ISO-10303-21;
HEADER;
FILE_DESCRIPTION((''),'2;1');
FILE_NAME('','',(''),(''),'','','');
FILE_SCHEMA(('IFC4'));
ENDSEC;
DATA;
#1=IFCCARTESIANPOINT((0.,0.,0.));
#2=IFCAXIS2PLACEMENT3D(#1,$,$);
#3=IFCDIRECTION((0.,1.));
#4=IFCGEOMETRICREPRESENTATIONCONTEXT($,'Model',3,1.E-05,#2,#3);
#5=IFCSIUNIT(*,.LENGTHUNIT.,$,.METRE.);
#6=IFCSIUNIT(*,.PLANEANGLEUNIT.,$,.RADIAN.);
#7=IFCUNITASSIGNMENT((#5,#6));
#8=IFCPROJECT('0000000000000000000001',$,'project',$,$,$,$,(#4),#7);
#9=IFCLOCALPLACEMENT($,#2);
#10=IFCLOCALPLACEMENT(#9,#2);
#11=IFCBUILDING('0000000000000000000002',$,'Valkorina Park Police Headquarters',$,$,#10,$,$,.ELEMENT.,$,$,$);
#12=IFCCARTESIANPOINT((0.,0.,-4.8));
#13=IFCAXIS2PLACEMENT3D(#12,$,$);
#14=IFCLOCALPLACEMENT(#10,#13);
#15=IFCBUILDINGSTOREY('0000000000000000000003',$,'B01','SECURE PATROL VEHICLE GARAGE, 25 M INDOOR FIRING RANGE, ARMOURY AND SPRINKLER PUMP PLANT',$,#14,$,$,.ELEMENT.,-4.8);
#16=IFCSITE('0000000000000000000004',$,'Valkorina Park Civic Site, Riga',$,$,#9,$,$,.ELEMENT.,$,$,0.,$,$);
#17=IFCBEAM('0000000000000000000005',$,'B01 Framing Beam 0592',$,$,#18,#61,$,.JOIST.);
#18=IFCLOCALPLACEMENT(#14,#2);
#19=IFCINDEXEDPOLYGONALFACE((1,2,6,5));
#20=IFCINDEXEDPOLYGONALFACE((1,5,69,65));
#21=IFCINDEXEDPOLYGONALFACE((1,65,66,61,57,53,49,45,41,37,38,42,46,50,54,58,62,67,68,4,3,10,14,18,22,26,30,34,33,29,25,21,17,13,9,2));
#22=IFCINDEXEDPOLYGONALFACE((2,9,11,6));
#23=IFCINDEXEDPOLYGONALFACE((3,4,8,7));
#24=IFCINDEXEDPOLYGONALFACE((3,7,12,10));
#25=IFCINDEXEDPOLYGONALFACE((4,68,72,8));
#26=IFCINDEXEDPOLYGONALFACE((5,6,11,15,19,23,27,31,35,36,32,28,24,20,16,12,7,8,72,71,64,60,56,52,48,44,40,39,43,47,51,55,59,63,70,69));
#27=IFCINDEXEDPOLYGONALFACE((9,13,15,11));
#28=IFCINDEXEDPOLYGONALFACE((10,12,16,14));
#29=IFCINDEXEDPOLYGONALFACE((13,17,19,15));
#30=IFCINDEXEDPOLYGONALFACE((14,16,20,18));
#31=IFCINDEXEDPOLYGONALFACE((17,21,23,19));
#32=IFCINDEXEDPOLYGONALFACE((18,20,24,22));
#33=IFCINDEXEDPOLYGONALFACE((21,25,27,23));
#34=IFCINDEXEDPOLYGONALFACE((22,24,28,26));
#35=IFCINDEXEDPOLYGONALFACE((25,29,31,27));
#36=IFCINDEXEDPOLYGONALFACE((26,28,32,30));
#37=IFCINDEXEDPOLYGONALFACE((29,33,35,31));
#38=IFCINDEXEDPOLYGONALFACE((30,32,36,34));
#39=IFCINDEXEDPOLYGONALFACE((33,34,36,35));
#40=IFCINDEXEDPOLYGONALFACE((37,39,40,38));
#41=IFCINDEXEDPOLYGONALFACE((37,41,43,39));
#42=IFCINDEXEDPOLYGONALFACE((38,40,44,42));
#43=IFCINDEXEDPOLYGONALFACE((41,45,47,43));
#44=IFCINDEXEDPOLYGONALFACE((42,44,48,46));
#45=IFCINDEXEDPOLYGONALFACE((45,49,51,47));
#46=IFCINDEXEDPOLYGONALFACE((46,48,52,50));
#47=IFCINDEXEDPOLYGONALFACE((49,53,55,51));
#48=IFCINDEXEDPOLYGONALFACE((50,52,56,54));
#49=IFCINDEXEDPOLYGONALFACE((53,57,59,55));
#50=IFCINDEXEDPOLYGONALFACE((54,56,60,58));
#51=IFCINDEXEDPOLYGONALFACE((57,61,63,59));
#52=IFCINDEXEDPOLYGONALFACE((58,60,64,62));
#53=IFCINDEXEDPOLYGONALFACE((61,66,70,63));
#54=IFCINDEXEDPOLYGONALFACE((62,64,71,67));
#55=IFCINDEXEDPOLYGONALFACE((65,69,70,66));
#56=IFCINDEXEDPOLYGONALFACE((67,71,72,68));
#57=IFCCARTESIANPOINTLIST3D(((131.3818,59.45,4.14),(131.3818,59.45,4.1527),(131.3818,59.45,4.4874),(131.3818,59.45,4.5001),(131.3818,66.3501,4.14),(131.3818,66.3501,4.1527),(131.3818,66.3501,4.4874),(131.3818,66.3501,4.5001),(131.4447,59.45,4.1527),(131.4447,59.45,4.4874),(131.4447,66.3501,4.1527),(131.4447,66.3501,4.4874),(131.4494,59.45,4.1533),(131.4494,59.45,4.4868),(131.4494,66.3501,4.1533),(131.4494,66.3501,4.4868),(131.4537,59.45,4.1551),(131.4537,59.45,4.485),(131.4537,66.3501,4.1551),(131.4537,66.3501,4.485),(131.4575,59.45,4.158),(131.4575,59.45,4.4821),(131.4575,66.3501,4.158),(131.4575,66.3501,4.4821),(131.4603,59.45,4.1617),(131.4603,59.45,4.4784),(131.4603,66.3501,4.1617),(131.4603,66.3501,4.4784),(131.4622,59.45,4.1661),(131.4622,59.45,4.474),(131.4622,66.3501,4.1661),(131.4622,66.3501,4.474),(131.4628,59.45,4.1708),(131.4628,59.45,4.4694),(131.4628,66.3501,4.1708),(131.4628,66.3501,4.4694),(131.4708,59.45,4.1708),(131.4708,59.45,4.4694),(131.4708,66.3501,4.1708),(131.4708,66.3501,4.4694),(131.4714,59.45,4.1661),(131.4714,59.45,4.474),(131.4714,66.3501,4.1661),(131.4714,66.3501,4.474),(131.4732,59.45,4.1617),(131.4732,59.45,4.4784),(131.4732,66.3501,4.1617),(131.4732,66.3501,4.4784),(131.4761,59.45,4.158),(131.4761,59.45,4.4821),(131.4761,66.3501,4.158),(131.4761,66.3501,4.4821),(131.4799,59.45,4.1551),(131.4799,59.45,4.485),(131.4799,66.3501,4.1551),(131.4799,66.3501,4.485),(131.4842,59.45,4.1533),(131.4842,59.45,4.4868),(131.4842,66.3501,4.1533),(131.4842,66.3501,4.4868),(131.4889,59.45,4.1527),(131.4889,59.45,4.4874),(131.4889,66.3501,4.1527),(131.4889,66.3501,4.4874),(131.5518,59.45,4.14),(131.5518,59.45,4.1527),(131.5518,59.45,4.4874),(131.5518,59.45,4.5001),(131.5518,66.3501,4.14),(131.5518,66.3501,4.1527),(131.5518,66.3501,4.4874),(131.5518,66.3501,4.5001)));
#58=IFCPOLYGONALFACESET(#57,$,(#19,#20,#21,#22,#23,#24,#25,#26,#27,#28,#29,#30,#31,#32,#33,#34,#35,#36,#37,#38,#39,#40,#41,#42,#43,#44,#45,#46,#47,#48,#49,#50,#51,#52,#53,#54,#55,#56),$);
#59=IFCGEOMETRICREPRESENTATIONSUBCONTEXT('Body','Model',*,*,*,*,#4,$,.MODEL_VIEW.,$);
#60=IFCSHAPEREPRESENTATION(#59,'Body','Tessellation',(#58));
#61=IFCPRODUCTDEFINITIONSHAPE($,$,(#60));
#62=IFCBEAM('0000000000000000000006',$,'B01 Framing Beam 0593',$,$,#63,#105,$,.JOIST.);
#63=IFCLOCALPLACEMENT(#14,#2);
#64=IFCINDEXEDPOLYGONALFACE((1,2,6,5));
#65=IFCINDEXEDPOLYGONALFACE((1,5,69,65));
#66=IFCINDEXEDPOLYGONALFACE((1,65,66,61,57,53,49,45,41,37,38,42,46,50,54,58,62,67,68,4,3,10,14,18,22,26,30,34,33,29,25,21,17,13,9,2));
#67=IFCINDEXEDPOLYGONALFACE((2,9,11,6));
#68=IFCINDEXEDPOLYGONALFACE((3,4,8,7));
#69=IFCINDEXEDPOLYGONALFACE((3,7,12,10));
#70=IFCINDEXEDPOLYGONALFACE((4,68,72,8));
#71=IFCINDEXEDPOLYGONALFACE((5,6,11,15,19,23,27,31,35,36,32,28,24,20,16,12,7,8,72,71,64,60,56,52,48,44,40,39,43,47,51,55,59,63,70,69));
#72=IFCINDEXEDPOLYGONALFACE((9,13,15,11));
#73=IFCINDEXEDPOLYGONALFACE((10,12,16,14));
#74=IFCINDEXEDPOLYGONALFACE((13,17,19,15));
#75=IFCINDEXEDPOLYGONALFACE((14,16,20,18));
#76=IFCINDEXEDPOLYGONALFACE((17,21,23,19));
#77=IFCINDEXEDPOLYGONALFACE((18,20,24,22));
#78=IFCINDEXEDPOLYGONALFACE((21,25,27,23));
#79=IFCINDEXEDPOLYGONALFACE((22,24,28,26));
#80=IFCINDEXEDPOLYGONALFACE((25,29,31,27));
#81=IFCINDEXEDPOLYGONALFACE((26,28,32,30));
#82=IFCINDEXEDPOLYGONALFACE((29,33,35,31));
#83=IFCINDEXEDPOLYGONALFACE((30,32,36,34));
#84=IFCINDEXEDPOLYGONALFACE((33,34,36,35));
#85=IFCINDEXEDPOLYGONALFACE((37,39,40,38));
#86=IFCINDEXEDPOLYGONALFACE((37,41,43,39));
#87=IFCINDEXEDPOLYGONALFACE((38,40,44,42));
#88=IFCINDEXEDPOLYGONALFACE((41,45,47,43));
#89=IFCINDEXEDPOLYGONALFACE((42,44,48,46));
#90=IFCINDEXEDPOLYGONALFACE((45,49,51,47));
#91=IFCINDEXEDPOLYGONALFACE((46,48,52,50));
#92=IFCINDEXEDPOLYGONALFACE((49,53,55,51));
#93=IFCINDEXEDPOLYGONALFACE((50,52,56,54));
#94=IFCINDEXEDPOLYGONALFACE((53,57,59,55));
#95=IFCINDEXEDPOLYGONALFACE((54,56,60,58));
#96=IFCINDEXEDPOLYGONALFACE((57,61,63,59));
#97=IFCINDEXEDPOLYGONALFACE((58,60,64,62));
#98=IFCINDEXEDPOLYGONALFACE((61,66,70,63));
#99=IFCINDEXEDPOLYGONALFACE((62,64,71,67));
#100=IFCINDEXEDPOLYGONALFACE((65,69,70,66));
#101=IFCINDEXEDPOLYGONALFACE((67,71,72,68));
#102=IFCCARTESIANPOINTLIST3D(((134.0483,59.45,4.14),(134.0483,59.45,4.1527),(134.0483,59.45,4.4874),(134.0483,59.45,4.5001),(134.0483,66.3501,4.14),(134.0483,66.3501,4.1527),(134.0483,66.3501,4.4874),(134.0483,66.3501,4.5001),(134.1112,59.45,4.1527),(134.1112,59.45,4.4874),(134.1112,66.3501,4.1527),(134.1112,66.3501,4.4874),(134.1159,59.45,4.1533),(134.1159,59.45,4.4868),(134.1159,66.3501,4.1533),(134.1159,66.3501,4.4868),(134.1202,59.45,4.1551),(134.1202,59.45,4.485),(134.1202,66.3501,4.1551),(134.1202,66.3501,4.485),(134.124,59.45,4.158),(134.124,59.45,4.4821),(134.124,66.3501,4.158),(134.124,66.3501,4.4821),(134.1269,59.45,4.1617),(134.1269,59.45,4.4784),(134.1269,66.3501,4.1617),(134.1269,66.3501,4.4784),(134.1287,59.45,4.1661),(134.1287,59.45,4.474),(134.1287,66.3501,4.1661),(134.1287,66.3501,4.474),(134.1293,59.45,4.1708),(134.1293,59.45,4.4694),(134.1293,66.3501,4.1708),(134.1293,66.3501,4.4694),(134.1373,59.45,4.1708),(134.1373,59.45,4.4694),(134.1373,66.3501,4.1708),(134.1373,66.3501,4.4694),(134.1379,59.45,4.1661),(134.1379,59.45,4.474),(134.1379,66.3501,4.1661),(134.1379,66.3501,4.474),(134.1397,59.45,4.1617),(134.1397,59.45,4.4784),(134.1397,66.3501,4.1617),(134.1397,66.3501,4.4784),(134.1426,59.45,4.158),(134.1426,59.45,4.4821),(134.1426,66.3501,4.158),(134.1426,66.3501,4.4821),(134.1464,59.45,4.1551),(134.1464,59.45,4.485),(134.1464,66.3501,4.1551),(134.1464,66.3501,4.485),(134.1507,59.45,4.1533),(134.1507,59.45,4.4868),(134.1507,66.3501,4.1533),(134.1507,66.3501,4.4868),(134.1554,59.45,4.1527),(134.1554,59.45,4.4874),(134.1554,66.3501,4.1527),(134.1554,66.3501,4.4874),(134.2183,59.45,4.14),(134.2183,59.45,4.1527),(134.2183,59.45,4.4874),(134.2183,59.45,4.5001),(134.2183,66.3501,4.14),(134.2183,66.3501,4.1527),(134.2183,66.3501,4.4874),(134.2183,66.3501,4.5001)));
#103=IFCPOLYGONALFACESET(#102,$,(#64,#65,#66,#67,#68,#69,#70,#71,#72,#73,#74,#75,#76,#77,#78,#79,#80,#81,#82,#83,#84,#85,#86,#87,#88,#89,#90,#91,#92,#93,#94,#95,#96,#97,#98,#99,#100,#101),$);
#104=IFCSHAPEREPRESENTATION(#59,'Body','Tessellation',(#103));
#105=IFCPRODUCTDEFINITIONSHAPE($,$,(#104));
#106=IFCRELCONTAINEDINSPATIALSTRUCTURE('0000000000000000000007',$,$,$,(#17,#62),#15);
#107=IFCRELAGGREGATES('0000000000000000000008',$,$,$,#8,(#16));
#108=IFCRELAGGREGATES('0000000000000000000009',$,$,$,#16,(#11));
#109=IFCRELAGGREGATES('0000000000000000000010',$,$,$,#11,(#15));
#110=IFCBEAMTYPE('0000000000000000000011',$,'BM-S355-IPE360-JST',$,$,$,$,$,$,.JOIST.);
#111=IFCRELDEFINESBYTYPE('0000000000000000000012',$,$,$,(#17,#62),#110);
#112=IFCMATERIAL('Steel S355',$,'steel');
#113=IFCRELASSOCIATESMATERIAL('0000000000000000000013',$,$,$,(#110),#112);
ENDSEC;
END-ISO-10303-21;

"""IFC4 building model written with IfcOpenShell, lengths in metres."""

from ifc_helpers import new_model, si_unit, direction, frame, origin, origin_2d, place, context, subcontext, project, spatial, i_section, extrude, material, material_profile, profile_set, type_object, element, save


model = new_model("IFC4")

# Units and contexts
model_context = context("Model", 3, precision=1e-05, world=origin(), true_north=direction((0.0, 1.0)))
body_context = subcontext(model_context, "Body", "Model", "MODEL_VIEW")
ifc_project = project(units=[si_unit("LENGTHUNIT", "METRE"), si_unit("PLANEANGLEUNIT", "RADIAN")], contexts=[model_context])

# Site, building, storey
site_placement = place(None, origin())
site = spatial("IfcSite", under=ifc_project, at=site_placement, Name="Valkorina Park Civic Site, Riga", CompositionType="ELEMENT", RefElevation=0.0)
building_placement = place(site_placement, origin())
building = spatial("IfcBuilding", under=site, at=building_placement, Name="Valkorina Park Police Headquarters", CompositionType="ELEMENT")
storey_placement = place(building_placement, frame((0.0, 0.0, -4.8)))
storey = spatial("IfcBuildingStorey", under=building, at=storey_placement, Name="B01", Description="SECURE PATROL VEHICLE GARAGE, 25 M INDOOR FIRING RANGE, ARMOURY AND SPRINKLER PUMP PLANT", CompositionType="ELEMENT", Elevation=-4.8)

# Beams
ifc_material_1 = material(Name="Steel S355", Category="steel")
ifc_material_profile_1 = material_profile(ifc_material_1, i_section(OverallWidth=0.1699, OverallDepth=0.3601, WebThickness=0.0081, FlangeThickness=0.0127, FilletRadius=0.0181, at=origin_2d()), Name="IPE 360")
ifc_profile_set_1 = profile_set([ifc_material_profile_1], Name="Steel S355")
beam_type_1 = type_object("IfcBeamType", Name="BM-S355-IPE360-JST", PredefinedType="JOIST", material=ifc_profile_set_1)
for number, where, z_axis, x_axis, name in (
    (1, (131.4668, 59.45, 4.3201), (0.0, 1.0, 0.0), (-1.0, 0.0, 0.0), "B01 Framing Beam 0592"),
    (2, (134.1333, 59.45, 4.3201), (0.0, 1.0, 0.0), (-1.0, 0.0, 0.0), "B01 Framing Beam 0593"),
):
    element("IfcBeam", number, at=place(storey_placement, frame(where, z_axis=z_axis, x_axis=x_axis)), inside=storey, type_object=beam_type_1, Name=name, PredefinedType="JOIST", context=body_context, shape_type="SweptSolid", body=[
        extrude(i_section(OverallWidth=0.1699, OverallDepth=0.3601, WebThickness=0.0081, FlangeThickness=0.0127, FilletRadius=0.0181, at=origin_2d()), origin(), (0.0, 0.0, 1.0), 6.9001),
    ])

save(model, "model.ifc")
